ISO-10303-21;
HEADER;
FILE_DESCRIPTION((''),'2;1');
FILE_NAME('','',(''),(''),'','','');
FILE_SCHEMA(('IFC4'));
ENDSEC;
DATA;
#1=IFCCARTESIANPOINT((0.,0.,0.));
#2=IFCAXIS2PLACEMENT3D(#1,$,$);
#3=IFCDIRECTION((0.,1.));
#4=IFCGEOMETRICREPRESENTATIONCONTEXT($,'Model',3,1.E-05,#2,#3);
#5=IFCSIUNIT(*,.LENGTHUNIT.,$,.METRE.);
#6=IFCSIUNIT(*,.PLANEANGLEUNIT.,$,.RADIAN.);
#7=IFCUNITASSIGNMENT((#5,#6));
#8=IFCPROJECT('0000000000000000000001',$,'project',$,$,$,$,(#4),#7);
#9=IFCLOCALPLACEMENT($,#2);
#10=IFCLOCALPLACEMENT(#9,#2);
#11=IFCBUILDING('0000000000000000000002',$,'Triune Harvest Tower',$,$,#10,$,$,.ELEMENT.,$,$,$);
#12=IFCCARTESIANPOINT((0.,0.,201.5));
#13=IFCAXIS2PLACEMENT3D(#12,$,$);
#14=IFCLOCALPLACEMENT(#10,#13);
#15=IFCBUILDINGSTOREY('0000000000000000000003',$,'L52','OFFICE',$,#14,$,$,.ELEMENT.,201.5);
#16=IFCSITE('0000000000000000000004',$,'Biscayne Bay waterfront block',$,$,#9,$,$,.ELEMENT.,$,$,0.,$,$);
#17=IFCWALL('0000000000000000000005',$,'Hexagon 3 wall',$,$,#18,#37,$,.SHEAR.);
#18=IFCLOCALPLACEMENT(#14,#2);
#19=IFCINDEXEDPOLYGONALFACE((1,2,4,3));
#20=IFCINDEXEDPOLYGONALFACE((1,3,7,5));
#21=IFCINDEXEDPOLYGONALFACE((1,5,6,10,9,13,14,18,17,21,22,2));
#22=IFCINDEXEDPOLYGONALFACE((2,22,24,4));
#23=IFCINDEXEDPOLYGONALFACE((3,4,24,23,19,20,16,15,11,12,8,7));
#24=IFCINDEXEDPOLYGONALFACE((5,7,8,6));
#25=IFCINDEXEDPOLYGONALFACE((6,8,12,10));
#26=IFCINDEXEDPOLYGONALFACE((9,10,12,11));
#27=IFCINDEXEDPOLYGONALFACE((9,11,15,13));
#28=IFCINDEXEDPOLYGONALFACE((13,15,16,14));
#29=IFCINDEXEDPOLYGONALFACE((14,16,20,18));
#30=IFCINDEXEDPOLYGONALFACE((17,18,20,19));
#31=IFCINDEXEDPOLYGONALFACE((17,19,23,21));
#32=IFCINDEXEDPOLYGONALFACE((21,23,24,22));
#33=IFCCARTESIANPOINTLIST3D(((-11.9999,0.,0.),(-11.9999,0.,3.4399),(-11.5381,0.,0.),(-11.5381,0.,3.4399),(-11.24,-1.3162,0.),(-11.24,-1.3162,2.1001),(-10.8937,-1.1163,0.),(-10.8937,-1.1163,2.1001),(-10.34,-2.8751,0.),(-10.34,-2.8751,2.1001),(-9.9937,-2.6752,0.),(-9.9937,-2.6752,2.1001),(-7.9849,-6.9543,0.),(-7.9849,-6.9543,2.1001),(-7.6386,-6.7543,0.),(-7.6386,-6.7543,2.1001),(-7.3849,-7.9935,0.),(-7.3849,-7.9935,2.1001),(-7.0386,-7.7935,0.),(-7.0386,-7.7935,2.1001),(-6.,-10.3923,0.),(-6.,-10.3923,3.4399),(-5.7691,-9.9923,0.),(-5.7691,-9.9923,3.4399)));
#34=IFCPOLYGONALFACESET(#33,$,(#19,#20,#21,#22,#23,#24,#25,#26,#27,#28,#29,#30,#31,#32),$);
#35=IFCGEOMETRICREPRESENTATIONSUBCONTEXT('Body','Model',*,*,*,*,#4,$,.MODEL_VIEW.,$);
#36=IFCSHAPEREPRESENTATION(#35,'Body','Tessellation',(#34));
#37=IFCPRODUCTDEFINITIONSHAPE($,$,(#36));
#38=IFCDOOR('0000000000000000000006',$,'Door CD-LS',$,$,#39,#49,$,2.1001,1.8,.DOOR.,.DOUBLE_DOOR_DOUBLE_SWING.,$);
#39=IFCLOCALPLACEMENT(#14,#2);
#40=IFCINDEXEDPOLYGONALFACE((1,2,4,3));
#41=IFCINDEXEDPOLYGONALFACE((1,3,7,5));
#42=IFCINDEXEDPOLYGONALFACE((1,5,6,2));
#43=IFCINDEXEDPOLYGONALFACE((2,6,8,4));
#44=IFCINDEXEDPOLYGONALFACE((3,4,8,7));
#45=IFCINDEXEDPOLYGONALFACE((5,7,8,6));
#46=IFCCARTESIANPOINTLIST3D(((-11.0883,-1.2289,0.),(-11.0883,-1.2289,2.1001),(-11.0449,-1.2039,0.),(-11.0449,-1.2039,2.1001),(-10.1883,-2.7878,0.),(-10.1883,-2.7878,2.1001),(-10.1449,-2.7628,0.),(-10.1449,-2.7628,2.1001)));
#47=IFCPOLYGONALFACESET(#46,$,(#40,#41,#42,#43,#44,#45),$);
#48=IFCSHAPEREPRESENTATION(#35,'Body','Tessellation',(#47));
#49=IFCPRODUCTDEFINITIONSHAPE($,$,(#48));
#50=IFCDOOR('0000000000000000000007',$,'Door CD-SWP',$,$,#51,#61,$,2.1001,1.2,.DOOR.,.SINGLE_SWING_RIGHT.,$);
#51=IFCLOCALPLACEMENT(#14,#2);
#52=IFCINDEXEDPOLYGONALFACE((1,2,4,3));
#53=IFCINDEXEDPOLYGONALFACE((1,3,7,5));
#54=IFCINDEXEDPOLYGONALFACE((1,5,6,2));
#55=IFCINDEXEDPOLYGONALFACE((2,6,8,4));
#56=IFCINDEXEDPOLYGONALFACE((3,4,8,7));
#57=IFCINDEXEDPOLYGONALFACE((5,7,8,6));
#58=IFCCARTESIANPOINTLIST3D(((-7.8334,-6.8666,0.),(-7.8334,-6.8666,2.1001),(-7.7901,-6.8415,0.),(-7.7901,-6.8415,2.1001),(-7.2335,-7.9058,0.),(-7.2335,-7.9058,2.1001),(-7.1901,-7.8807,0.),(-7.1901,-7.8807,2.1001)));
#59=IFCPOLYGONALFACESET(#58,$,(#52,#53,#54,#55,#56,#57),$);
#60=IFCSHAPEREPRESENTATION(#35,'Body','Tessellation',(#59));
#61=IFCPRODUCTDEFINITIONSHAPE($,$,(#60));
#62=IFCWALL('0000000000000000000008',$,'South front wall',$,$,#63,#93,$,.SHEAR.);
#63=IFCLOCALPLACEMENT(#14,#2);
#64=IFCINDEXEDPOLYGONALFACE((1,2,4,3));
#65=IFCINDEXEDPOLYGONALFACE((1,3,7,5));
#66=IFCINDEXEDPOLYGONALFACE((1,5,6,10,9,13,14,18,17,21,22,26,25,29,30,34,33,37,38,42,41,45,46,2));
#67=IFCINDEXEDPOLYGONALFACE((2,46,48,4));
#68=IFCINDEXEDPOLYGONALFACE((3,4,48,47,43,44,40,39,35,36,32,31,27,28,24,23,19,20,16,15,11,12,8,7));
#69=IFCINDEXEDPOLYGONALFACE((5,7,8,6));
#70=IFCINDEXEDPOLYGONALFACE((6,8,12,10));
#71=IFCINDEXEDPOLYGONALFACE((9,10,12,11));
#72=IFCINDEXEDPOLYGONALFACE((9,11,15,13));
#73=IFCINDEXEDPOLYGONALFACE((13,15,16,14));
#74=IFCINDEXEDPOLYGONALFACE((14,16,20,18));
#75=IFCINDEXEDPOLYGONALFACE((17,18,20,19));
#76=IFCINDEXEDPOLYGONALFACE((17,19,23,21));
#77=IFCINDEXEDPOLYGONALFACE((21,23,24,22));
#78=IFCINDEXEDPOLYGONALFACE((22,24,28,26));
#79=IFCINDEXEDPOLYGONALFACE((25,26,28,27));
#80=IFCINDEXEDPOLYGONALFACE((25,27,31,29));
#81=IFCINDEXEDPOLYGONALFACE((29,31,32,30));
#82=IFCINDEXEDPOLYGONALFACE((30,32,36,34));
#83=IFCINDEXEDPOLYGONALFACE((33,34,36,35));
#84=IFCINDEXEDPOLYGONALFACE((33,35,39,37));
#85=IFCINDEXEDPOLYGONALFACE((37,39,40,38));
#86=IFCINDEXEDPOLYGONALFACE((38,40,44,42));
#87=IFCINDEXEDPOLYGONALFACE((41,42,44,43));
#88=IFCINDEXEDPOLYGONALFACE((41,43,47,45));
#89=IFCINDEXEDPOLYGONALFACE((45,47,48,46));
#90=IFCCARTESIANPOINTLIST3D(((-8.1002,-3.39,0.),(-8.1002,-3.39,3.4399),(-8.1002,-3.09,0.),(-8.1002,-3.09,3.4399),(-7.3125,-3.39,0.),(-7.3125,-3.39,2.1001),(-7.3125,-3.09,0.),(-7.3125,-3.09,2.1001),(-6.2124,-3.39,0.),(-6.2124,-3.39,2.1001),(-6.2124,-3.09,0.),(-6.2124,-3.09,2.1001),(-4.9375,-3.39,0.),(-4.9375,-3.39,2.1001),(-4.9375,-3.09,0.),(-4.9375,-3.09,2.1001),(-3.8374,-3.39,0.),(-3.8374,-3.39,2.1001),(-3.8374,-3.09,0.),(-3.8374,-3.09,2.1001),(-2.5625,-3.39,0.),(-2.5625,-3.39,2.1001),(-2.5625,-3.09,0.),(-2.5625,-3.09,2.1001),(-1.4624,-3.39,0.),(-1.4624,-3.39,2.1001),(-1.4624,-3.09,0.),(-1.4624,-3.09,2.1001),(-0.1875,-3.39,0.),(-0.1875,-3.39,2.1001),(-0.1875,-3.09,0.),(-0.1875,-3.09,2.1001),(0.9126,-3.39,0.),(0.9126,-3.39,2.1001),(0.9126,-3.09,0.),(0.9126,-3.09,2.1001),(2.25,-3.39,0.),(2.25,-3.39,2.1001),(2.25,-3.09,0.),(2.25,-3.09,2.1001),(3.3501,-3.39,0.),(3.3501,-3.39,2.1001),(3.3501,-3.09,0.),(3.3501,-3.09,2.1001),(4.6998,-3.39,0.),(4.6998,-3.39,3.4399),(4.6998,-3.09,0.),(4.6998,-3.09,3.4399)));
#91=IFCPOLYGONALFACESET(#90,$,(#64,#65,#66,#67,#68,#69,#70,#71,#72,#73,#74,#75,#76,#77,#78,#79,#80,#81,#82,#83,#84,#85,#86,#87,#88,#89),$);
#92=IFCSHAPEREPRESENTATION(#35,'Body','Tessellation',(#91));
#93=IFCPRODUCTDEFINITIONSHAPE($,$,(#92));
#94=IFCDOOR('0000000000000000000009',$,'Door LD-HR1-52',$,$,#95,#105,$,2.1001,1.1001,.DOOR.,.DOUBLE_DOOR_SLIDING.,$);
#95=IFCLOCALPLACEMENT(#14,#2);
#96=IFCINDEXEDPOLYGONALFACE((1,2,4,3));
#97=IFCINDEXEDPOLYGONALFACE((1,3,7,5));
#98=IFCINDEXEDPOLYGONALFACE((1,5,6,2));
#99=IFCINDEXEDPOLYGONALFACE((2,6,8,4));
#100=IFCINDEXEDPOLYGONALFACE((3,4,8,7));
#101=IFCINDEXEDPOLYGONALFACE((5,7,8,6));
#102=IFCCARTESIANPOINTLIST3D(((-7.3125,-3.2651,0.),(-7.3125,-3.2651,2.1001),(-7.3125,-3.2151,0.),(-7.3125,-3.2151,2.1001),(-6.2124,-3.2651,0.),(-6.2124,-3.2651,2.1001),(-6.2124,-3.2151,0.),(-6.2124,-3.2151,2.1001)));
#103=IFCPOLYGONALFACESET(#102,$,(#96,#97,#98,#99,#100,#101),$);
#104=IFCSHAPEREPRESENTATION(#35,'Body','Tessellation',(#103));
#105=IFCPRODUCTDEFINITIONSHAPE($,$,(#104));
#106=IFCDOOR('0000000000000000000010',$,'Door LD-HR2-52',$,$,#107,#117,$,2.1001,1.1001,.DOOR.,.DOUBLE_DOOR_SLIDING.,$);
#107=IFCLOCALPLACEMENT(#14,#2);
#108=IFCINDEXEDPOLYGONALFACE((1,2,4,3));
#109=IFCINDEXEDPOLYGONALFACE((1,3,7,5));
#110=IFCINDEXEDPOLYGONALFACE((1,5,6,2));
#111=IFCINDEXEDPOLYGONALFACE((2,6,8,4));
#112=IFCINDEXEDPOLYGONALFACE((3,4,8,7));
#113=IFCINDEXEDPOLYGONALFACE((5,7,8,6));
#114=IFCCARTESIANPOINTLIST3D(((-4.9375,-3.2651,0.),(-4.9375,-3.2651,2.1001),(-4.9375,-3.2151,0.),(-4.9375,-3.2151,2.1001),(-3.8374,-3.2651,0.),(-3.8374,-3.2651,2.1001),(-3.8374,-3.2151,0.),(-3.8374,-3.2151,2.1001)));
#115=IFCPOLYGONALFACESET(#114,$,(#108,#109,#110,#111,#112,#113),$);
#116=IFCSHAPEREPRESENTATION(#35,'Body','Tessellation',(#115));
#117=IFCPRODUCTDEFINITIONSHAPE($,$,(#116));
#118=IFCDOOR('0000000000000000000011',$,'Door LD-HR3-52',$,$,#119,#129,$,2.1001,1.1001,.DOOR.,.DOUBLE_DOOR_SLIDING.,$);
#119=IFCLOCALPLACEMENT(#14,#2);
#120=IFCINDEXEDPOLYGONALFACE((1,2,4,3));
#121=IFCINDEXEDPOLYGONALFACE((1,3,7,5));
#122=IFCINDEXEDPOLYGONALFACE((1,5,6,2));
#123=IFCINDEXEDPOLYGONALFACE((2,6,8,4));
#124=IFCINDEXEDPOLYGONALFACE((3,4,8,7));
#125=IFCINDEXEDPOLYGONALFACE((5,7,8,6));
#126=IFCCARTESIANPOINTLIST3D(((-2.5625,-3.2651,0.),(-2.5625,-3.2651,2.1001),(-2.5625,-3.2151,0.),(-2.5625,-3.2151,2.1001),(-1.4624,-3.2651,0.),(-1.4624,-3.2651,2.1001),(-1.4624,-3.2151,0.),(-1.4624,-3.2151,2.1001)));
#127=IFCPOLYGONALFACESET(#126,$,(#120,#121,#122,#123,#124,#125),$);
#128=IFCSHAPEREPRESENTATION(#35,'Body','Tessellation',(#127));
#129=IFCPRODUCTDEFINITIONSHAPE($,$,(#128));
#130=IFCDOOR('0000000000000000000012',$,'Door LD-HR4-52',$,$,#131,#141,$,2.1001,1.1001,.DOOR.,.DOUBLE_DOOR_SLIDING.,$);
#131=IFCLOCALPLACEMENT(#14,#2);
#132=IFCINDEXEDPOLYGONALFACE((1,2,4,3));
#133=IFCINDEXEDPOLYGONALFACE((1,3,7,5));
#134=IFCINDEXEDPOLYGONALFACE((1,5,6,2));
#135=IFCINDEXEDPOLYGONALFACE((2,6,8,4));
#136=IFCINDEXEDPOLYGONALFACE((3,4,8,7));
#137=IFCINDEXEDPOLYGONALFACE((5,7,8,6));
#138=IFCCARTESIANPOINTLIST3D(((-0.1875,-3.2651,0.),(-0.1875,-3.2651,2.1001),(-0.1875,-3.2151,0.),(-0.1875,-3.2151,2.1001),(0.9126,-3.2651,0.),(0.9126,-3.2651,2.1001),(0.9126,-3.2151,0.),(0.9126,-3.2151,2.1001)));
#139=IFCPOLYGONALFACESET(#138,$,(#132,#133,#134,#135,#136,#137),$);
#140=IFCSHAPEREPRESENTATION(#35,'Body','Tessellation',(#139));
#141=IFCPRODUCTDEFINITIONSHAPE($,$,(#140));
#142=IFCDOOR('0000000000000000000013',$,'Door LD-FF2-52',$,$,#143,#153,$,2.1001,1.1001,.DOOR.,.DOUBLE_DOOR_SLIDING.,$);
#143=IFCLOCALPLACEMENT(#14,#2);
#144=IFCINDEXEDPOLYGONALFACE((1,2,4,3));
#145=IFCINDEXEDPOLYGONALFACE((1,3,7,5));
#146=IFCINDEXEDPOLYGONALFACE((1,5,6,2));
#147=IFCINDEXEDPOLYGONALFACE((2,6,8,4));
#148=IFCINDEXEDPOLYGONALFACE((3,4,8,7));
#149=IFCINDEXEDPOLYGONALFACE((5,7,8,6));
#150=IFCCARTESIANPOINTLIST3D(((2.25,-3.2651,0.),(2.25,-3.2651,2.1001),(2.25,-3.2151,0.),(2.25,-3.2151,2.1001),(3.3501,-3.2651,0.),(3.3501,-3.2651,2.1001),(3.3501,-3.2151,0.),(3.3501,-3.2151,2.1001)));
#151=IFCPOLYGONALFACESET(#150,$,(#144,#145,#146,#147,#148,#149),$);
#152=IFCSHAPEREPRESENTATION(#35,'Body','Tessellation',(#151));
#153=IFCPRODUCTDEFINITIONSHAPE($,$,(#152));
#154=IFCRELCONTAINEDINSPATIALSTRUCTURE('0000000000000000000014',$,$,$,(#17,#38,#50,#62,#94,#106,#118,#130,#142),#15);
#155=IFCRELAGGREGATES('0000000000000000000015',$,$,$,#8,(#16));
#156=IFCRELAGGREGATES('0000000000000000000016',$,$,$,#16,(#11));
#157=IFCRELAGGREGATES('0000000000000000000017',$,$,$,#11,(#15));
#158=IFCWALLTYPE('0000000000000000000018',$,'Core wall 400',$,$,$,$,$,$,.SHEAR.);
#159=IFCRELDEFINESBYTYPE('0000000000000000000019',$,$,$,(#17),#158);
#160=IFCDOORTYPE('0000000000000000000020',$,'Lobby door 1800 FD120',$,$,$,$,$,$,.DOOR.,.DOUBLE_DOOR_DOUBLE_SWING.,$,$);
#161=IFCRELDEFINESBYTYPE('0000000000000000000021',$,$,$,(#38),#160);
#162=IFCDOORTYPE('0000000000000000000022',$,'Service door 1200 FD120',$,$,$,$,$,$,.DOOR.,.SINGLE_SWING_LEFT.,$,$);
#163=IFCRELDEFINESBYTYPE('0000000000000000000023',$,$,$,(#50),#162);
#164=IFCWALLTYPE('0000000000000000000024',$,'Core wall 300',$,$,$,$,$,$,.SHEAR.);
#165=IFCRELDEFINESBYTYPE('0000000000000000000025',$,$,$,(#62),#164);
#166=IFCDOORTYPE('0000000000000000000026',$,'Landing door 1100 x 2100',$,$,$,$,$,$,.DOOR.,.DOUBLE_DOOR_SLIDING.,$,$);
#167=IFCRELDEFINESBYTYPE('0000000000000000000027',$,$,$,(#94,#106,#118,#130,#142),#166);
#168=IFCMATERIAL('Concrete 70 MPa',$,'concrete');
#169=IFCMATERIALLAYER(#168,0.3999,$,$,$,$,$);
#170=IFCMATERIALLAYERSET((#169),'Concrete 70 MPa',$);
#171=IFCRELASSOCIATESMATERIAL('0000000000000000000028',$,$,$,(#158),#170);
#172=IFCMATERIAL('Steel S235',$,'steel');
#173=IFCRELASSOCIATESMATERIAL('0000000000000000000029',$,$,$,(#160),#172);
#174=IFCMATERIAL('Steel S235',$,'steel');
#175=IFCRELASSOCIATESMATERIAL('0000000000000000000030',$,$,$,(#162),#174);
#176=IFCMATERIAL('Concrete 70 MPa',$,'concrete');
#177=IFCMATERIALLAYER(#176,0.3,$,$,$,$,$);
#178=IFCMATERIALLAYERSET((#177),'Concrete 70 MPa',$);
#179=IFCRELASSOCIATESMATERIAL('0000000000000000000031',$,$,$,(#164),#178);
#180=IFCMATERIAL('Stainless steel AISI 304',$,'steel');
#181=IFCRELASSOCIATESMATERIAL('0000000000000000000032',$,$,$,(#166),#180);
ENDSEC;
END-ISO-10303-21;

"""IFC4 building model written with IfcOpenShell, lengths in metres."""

from ifc_helpers import new_model, si_unit, direction, frame, frame_2d, origin, place, context, subcontext, project, spatial, polyline, rectangle, outline, extrude, source, transform, mapped, material, layer, layer_set, type_object, element, fill, save


model = new_model("IFC4")

# Units and contexts
model_context = context("Model", 3, precision=1e-05, world=origin(), true_north=direction((0.0, 1.0)))
body_context = subcontext(model_context, "Body", "Model", "MODEL_VIEW")
ifc_project = project(units=[si_unit("LENGTHUNIT", "METRE"), si_unit("PLANEANGLEUNIT", "RADIAN")], contexts=[model_context])

# Site, building, storey
site_placement = place(None, origin())
site = spatial("IfcSite", under=ifc_project, at=site_placement, Name="Biscayne Bay waterfront block", CompositionType="ELEMENT", RefElevation=0.0)
building_placement = place(site_placement, origin())
building = spatial("IfcBuilding", under=site, at=building_placement, Name="Triune Harvest Tower", CompositionType="ELEMENT")
storey_placement = place(building_placement, frame((0.0, 0.0, 201.5)))
storey = spatial("IfcBuildingStorey", under=building, at=storey_placement, Name="L52", Description="OFFICE", CompositionType="ELEMENT", Elevation=201.5)

# Walls, openings, doors
ifc_material_1 = material(Name="Concrete 70 MPa", Category="concrete")
ifc_layer_1 = layer(ifc_material_1, 0.3999)
ifc_layer_set_1 = layer_set([ifc_layer_1], Name="Concrete 70 MPa")
wall_type_1 = type_object("IfcWallType", Name="Core wall 400", PredefinedType="SHEAR", material=ifc_layer_set_1)
shared_shape_1 = source(origin(), body_context, "Body", "SweptSolid", [
    extrude(outline(polyline([(-0.1155, -0.2), (11.8845, -0.2), (11.6536, 0.2), (0.1155, 0.2), (-0.1155, -0.2)])), origin(), (0.0, 0.0, 1.0), 3.4399),
])
wall_1_placement = place(storey_placement, frame((-11.769, 0.0, 0.0), z_axis=(0.0, 0.0, 1.0), x_axis=(0.499997, -0.866027, 0.0)))
wall_1 = element("IfcWall", 1, at=wall_1_placement, inside=storey, type_object=wall_type_1, Name="Hexagon 3 wall", PredefinedType="SHEAR", context=body_context, shape_type="MappedRepresentation", body=[
    mapped(shared_shape_1, transform((0.0, 0.0, 0.0), scale=1.0)),
])
opening_1_placement = place(wall_1_placement, frame((1.4045, 0.0, 0.0)))
opening_1 = element("IfcOpeningElement", 2, at=opening_1_placement, cuts=wall_1, PredefinedType="OPENING", context=body_context, shape_type="SweptSolid", body=[
    extrude(rectangle(XDim=1.8, YDim=2.1001, at=frame_2d((0.8999, 1.05))), frame((0.0, 0.21, 0.0), z_axis=(0.0, -1.0, 0.0), x_axis=(1.0, 0.0, 0.0)), (0.0, 0.0, 1.0), 0.4199),
])
opening_2_placement = place(wall_1_placement, frame((7.9146, 0.0, 0.0)))
opening_2 = element("IfcOpeningElement", 3, at=opening_2_placement, cuts=wall_1, PredefinedType="OPENING", context=body_context, shape_type="SweptSolid", body=[
    extrude(rectangle(XDim=1.2, YDim=2.1001, at=frame_2d((0.6001, 1.05))), frame((0.0, 0.21, 0.0), z_axis=(0.0, -1.0, 0.0), x_axis=(1.0, 0.0, 0.0)), (0.0, 0.0, 1.0), 0.4199),
])
ifc_material_2 = material(Name="Steel S235", Category="steel")
door_type_1 = type_object("IfcDoorType", Name="Lobby door 1800 FD120", OperationType="DOUBLE_DOOR_DOUBLE_SWING", PredefinedType="DOOR", material=ifc_material_2)
door_1_placement = place(opening_1_placement, frame((1.8, 0.0, 0.0), z_axis=(0.0, 0.0, 1.0), x_axis=(-1.0, 0.0, 0.0)))
door_1 = element("IfcDoor", 4, at=door_1_placement, inside=storey, type_object=door_type_1, Name="Door CD-LS", OperationType="DOUBLE_DOOR_DOUBLE_SWING", OverallHeight=2.1001, OverallWidth=1.8, PredefinedType="DOOR", context=body_context, shape_type="SweptSolid", body=[
    extrude(rectangle(XDim=1.8, YDim=2.1001, at=frame_2d((0.8999, 1.05))), frame((0.0, 0.0249, 0.0), z_axis=(0.0, -1.0, 0.0), x_axis=(1.0, 0.0, 0.0)), (0.0, 0.0, 1.0), 0.05),
])
fill(opening_1, door_1)
ifc_material_3 = material(Name="Steel S235", Category="steel")
door_type_2 = type_object("IfcDoorType", Name="Service door 1200 FD120", OperationType="SINGLE_SWING_LEFT", PredefinedType="DOOR", material=ifc_material_3)
door_2_placement = place(opening_2_placement, frame((1.2, 0.0, 0.0), z_axis=(0.0, 0.0, 1.0), x_axis=(-1.0, 0.0, 0.0)))
door_2 = element("IfcDoor", 5, at=door_2_placement, inside=storey, type_object=door_type_2, Name="Door CD-SWP", OperationType="SINGLE_SWING_RIGHT", OverallHeight=2.1001, OverallWidth=1.2, PredefinedType="DOOR", context=body_context, shape_type="SweptSolid", body=[
    extrude(rectangle(XDim=1.2, YDim=2.1001, at=frame_2d((0.6001, 1.05))), frame((0.0, 0.0249, 0.0), z_axis=(0.0, -1.0, 0.0), x_axis=(1.0, 0.0, 0.0)), (0.0, 0.0, 1.0), 0.05),
])
fill(opening_2, door_2)
ifc_material_4 = material(Name="Concrete 70 MPa", Category="concrete")
ifc_layer_2 = layer(ifc_material_4, 0.3)
ifc_layer_set_2 = layer_set([ifc_layer_2], Name="Concrete 70 MPa")
wall_type_2 = type_object("IfcWallType", Name="Core wall 300", PredefinedType="SHEAR", material=ifc_layer_set_2)
shared_shape_2 = source(origin(), body_context, "Body", "SweptSolid", [
    extrude(rectangle(XDim=12.8, YDim=0.3, at=frame_2d((6.3999, 0.0))), origin(), (0.0, 0.0, 1.0), 3.4399),
])
wall_2_placement = place(storey_placement, frame((-8.1001, -3.24, 0.0), z_axis=(0.0, 0.0, 1.0), x_axis=(1.0, 0.0, 0.0)))
wall_2 = element("IfcWall", 6, at=wall_2_placement, inside=storey, type_object=wall_type_2, Name="South front wall", PredefinedType="SHEAR", context=body_context, shape_type="MappedRepresentation", body=[
    mapped(shared_shape_2, transform((0.0, 0.0, 0.0), scale=1.0)),
])
opening_3_placement = place(wall_2_placement, frame((0.7876, 0.0, 0.0)))
opening_3 = element("IfcOpeningElement", 7, at=opening_3_placement, cuts=wall_2, PredefinedType="OPENING", context=body_context, shape_type="SweptSolid", body=[
    extrude(rectangle(XDim=1.1001, YDim=2.1001, at=frame_2d((0.55, 1.05))), frame((0.0, 0.1602, 0.0), z_axis=(0.0, -1.0, 0.0), x_axis=(1.0, 0.0, 0.0)), (0.0, 0.0, 1.0), 0.3201),
])
opening_4_placement = place(wall_2_placement, frame((3.1626, 0.0, 0.0)))
opening_4 = element("IfcOpeningElement", 8, at=opening_4_placement, cuts=wall_2, PredefinedType="OPENING", context=body_context, shape_type="SweptSolid", body=[
    extrude(rectangle(XDim=1.1001, YDim=2.1001, at=frame_2d((0.55, 1.05))), frame((0.0, 0.1602, 0.0), z_axis=(0.0, -1.0, 0.0), x_axis=(1.0, 0.0, 0.0)), (0.0, 0.0, 1.0), 0.3201),
])
opening_5_placement = place(wall_2_placement, frame((5.5376, 0.0, 0.0)))
opening_5 = element("IfcOpeningElement", 9, at=opening_5_placement, cuts=wall_2, PredefinedType="OPENING", context=body_context, shape_type="SweptSolid", body=[
    extrude(rectangle(XDim=1.1001, YDim=2.1001, at=frame_2d((0.55, 1.05))), frame((0.0, 0.1602, 0.0), z_axis=(0.0, -1.0, 0.0), x_axis=(1.0, 0.0, 0.0)), (0.0, 0.0, 1.0), 0.3201),
])
opening_6_placement = place(wall_2_placement, frame((7.9126, 0.0, 0.0)))
opening_6 = element("IfcOpeningElement", 10, at=opening_6_placement, cuts=wall_2, PredefinedType="OPENING", context=body_context, shape_type="SweptSolid", body=[
    extrude(rectangle(XDim=1.1001, YDim=2.1001, at=frame_2d((0.55, 1.05))), frame((0.0, 0.1602, 0.0), z_axis=(0.0, -1.0, 0.0), x_axis=(1.0, 0.0, 0.0)), (0.0, 0.0, 1.0), 0.3201),
])
opening_7_placement = place(wall_2_placement, frame((10.3501, 0.0, 0.0)))
opening_7 = element("IfcOpeningElement", 11, at=opening_7_placement, cuts=wall_2, PredefinedType="OPENING", context=body_context, shape_type="SweptSolid", body=[
    extrude(rectangle(XDim=1.1001, YDim=2.1001, at=frame_2d((0.55, 1.05))), frame((0.0, 0.1602, 0.0), z_axis=(0.0, -1.0, 0.0), x_axis=(1.0, 0.0, 0.0)), (0.0, 0.0, 1.0), 0.3201),
])
ifc_material_5 = material(Name="Stainless steel AISI 304", Category="steel")
door_type_3 = type_object("IfcDoorType", Name="Landing door 1100 x 2100", OperationType="DOUBLE_DOOR_SLIDING", PredefinedType="DOOR", material=ifc_material_5)
door_3_placement = place(opening_3_placement, origin())
door_3 = element("IfcDoor", 12, at=door_3_placement, inside=storey, type_object=door_type_3, Name="Door LD-HR1-52", OperationType="DOUBLE_DOOR_SLIDING", OverallHeight=2.1001, OverallWidth=1.1001, PredefinedType="DOOR", context=body_context, shape_type="SweptSolid", body=[
    extrude(rectangle(XDim=1.1001, YDim=2.1001, at=frame_2d((0.55, 1.05))), frame((0.0, 0.0249, 0.0), z_axis=(0.0, -1.0, 0.0), x_axis=(1.0, 0.0, 0.0)), (0.0, 0.0, 1.0), 0.05),
])
fill(opening_3, door_3)
door_4_placement = place(opening_4_placement, origin())
door_4 = element("IfcDoor", 13, at=door_4_placement, inside=storey, type_object=door_type_3, Name="Door LD-HR2-52", OperationType="DOUBLE_DOOR_SLIDING", OverallHeight=2.1001, OverallWidth=1.1001, PredefinedType="DOOR", context=body_context, shape_type="SweptSolid", body=[
    extrude(rectangle(XDim=1.1001, YDim=2.1001, at=frame_2d((0.55, 1.05))), frame((0.0, 0.0249, 0.0), z_axis=(0.0, -1.0, 0.0), x_axis=(1.0, 0.0, 0.0)), (0.0, 0.0, 1.0), 0.05),
])
fill(opening_4, door_4)
door_5_placement = place(opening_5_placement, origin())
door_5 = element("IfcDoor", 14, at=door_5_placement, inside=storey, type_object=door_type_3, Name="Door LD-HR3-52", OperationType="DOUBLE_DOOR_SLIDING", OverallHeight=2.1001, OverallWidth=1.1001, PredefinedType="DOOR", context=body_context, shape_type="SweptSolid", body=[
    extrude(rectangle(XDim=1.1001, YDim=2.1001, at=frame_2d((0.55, 1.05))), frame((0.0, 0.0249, 0.0), z_axis=(0.0, -1.0, 0.0), x_axis=(1.0, 0.0, 0.0)), (0.0, 0.0, 1.0), 0.05),
])
fill(opening_5, door_5)
door_6_placement = place(opening_6_placement, origin())
door_6 = element("IfcDoor", 15, at=door_6_placement, inside=storey, type_object=door_type_3, Name="Door LD-HR4-52", OperationType="DOUBLE_DOOR_SLIDING", OverallHeight=2.1001, OverallWidth=1.1001, PredefinedType="DOOR", context=body_context, shape_type="SweptSolid", body=[
    extrude(rectangle(XDim=1.1001, YDim=2.1001, at=frame_2d((0.55, 1.05))), frame((0.0, 0.0249, 0.0), z_axis=(0.0, -1.0, 0.0), x_axis=(1.0, 0.0, 0.0)), (0.0, 0.0, 1.0), 0.05),
])
fill(opening_6, door_6)
door_7_placement = place(opening_7_placement, origin())
door_7 = element("IfcDoor", 16, at=door_7_placement, inside=storey, type_object=door_type_3, Name="Door LD-FF2-52", OperationType="DOUBLE_DOOR_SLIDING", OverallHeight=2.1001, OverallWidth=1.1001, PredefinedType="DOOR", context=body_context, shape_type="SweptSolid", body=[
    extrude(rectangle(XDim=1.1001, YDim=2.1001, at=frame_2d((0.55, 1.05))), frame((0.0, 0.0249, 0.0), z_axis=(0.0, -1.0, 0.0), x_axis=(1.0, 0.0, 0.0)), (0.0, 0.0, 1.0), 0.05),
])
fill(opening_7, door_7)

save(model, "model.ifc")
